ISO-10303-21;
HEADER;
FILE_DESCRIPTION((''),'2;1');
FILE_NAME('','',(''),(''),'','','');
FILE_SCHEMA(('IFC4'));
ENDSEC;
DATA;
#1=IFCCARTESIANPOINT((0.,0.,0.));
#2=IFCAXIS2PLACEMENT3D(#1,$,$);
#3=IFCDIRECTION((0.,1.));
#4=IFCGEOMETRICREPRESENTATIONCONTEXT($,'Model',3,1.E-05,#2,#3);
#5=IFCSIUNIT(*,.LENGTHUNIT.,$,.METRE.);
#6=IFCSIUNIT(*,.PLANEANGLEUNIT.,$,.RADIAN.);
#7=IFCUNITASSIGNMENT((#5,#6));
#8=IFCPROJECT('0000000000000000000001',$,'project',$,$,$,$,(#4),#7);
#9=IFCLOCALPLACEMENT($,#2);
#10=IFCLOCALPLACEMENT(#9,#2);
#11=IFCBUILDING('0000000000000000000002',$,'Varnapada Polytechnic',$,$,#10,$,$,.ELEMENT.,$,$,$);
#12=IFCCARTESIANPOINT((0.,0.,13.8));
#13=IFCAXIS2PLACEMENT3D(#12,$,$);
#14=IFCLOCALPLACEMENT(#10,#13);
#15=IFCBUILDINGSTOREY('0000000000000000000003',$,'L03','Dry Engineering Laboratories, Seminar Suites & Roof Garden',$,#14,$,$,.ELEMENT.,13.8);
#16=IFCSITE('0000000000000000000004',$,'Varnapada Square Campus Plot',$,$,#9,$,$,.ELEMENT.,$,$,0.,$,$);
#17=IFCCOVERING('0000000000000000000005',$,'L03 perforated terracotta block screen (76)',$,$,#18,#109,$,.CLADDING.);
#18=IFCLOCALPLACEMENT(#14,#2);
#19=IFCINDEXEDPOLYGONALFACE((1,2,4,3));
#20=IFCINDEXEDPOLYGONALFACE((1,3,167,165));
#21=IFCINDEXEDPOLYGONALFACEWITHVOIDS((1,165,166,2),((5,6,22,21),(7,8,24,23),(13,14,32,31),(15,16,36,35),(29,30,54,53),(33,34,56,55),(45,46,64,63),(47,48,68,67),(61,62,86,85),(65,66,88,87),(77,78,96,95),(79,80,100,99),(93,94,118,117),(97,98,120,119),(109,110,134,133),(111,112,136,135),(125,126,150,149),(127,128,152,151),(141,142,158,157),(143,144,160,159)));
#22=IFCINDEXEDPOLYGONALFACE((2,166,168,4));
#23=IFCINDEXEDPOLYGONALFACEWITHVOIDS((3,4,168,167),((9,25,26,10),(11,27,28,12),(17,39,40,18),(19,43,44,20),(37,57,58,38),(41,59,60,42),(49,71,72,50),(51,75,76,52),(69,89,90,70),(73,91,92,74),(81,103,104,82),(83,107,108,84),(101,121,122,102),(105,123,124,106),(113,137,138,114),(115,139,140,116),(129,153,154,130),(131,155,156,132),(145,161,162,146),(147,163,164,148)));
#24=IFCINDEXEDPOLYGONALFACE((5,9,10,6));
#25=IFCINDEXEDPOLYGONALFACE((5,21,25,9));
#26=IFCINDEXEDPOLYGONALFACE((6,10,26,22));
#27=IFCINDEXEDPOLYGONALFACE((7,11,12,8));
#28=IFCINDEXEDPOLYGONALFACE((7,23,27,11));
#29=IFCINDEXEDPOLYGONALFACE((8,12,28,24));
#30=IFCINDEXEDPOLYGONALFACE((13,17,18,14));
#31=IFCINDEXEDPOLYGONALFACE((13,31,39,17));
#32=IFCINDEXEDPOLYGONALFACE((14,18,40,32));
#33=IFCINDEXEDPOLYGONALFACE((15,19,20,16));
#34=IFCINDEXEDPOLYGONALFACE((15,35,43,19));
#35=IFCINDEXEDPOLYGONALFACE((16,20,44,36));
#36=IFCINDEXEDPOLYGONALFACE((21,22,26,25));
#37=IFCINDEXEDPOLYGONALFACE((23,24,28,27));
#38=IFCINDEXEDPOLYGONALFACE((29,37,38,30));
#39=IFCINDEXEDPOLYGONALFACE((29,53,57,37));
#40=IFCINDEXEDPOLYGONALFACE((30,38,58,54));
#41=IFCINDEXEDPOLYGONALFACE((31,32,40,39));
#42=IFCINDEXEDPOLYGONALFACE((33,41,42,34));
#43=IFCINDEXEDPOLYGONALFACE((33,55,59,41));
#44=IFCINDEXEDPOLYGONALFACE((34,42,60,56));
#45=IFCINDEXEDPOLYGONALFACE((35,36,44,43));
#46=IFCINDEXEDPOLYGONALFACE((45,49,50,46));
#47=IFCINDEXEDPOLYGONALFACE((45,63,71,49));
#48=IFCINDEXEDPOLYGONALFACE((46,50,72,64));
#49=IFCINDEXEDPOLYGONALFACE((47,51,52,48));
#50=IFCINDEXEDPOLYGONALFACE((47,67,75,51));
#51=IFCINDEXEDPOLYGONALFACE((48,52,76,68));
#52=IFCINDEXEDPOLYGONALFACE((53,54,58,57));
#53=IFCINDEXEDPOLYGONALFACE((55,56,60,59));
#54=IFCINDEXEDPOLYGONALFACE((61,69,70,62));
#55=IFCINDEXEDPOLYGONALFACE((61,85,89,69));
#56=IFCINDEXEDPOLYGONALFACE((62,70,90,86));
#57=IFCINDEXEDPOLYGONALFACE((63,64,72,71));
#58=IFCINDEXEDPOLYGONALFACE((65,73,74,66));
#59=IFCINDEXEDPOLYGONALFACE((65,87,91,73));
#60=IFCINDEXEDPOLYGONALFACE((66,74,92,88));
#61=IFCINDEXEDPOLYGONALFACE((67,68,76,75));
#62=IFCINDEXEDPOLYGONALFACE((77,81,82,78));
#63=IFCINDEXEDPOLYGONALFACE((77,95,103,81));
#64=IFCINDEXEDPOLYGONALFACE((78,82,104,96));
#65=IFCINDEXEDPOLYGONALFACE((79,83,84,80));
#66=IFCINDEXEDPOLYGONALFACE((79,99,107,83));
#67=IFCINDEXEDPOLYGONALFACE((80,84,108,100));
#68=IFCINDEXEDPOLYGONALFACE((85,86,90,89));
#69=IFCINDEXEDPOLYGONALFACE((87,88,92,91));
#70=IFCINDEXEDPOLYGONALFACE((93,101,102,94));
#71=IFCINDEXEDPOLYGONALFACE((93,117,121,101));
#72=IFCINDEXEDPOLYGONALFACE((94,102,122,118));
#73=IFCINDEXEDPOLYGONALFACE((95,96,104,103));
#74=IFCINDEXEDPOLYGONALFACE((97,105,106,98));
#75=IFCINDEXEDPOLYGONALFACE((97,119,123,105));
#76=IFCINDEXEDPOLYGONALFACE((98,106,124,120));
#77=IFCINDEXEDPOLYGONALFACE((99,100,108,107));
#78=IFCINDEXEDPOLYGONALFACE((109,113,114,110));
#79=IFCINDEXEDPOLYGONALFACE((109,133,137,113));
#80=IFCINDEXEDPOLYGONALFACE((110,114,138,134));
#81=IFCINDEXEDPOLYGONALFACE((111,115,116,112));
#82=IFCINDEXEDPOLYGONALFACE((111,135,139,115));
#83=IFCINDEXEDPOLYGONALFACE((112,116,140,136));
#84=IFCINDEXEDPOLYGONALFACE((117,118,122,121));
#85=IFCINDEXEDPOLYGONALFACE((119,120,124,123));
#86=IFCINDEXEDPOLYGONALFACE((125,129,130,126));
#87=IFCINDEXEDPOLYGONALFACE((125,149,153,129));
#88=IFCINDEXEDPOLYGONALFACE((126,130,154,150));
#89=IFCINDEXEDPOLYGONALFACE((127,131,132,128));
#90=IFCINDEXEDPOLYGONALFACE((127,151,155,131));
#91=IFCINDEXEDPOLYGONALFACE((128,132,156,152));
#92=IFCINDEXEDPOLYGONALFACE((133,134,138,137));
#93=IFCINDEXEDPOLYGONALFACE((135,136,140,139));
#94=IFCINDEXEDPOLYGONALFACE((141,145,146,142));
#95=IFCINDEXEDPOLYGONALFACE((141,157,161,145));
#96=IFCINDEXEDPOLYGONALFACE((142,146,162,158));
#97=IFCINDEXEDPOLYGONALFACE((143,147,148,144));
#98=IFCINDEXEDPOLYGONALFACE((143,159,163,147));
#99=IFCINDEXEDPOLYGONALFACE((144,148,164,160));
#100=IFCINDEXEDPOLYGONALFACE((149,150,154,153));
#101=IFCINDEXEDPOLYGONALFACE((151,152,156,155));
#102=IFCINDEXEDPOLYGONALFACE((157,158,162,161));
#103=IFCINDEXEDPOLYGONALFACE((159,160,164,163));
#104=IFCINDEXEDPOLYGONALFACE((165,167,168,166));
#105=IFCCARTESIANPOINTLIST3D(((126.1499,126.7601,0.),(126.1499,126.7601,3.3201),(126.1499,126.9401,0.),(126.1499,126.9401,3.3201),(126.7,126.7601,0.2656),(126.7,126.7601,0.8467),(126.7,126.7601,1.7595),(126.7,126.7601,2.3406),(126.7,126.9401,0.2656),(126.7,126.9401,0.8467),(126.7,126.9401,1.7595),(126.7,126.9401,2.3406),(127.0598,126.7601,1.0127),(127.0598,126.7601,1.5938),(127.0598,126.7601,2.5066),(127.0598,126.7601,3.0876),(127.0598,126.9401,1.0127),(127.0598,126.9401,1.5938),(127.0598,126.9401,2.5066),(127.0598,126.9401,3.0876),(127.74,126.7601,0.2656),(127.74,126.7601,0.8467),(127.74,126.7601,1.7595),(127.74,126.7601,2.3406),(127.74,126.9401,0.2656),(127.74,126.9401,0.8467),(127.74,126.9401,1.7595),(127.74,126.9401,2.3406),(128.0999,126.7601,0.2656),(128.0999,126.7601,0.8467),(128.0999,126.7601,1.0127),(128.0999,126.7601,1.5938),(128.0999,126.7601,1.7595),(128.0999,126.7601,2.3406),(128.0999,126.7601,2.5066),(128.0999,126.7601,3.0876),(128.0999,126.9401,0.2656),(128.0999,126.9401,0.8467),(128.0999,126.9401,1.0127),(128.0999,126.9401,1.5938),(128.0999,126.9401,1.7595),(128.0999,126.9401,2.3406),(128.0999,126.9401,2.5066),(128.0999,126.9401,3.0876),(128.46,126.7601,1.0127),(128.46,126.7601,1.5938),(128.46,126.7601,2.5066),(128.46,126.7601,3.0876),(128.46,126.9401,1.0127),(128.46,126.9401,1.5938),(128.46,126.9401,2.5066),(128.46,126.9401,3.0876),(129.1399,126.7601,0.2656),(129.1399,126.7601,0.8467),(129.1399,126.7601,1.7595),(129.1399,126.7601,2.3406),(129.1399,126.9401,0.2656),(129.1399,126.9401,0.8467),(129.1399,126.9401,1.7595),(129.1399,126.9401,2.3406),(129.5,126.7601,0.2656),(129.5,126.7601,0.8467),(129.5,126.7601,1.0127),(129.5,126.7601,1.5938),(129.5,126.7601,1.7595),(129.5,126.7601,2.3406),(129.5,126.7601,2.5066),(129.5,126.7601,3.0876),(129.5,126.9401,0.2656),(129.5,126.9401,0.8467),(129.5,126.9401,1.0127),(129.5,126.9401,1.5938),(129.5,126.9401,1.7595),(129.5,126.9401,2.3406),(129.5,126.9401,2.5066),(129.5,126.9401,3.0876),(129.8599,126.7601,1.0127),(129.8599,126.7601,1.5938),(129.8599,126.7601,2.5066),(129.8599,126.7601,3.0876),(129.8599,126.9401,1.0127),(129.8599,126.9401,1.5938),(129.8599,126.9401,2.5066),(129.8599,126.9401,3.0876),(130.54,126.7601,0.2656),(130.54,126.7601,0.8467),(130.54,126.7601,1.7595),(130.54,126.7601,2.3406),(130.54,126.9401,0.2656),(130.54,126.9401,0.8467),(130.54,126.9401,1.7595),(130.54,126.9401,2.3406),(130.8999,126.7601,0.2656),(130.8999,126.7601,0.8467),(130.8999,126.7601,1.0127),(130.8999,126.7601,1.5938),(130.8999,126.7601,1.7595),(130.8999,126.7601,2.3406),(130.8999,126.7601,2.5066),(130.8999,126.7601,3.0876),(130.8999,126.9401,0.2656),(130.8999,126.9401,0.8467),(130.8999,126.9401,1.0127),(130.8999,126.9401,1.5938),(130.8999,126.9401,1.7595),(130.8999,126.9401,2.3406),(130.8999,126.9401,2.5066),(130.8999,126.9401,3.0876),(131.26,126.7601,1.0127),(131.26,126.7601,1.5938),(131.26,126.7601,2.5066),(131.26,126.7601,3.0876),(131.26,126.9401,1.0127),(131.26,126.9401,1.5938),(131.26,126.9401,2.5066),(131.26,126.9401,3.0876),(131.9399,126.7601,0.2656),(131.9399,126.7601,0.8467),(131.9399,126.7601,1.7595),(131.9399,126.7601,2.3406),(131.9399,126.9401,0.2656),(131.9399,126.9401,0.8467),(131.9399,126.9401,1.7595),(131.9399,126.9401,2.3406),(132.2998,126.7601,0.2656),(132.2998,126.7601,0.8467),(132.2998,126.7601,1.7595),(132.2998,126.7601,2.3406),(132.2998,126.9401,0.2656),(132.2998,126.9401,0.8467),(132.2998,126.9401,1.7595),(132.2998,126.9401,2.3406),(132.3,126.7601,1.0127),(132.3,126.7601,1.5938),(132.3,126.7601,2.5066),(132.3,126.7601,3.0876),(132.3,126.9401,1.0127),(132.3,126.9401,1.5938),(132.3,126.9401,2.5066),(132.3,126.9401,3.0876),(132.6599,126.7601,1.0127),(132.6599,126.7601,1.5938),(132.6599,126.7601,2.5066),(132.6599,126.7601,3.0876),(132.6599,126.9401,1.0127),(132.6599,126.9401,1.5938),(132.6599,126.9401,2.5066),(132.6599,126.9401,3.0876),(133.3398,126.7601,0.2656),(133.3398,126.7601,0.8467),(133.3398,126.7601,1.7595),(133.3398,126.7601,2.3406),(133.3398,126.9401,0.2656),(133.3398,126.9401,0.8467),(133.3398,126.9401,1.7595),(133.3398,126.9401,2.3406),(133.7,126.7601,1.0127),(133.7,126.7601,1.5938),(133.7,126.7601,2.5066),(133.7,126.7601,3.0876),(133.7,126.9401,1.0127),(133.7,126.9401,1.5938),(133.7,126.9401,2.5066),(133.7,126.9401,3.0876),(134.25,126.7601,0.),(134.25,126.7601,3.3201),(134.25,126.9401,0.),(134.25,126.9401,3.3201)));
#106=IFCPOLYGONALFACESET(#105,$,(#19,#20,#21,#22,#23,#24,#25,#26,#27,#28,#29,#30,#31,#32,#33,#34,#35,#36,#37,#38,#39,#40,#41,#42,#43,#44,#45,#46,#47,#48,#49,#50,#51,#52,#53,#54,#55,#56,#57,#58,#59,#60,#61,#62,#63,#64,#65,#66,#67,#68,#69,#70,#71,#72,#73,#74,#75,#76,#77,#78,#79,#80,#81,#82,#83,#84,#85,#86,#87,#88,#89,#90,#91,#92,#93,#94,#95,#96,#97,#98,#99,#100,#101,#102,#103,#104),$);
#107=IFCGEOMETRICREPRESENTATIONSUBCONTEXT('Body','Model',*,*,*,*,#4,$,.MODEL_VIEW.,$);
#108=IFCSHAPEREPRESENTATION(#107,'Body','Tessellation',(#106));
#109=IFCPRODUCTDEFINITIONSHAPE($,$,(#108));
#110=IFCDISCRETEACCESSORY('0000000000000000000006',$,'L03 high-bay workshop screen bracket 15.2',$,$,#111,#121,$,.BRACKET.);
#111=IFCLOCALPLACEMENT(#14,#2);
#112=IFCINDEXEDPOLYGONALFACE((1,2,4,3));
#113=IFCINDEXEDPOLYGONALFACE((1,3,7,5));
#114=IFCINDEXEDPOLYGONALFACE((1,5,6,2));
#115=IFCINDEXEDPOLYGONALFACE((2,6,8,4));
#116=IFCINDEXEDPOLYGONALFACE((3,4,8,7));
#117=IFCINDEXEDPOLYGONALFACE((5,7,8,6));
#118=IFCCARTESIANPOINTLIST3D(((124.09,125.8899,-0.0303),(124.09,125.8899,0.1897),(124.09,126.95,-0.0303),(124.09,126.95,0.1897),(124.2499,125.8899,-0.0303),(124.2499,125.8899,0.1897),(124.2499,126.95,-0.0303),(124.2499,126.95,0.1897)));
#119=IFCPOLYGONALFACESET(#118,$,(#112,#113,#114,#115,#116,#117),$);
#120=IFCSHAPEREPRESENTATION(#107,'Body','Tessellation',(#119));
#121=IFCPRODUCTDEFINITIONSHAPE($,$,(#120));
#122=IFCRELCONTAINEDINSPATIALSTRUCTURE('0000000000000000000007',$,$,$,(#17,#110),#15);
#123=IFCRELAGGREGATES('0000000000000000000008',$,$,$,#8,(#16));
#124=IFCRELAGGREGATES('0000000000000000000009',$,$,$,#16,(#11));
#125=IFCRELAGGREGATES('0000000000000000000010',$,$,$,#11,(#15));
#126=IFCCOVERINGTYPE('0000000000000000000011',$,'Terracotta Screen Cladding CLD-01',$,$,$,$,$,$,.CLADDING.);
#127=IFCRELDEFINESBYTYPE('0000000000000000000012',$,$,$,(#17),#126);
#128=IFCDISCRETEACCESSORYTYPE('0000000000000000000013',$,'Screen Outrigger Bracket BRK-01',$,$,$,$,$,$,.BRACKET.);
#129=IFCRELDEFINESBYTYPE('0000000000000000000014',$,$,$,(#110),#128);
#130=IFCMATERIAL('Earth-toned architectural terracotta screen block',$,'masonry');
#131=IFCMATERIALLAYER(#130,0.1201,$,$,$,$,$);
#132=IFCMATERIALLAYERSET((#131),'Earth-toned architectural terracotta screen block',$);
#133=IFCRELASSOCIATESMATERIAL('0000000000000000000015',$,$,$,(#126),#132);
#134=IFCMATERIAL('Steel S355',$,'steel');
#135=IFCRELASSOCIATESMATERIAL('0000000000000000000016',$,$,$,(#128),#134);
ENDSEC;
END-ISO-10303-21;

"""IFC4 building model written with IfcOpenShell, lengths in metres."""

from ifc_helpers import new_model, si_unit, direction, frame, frame_2d, origin, origin_2d, place, context, subcontext, project, spatial, rectangle, extrude, material, layer, layer_set, type_object, element, save


model = new_model("IFC4")

# Units and contexts
model_context = context("Model", 3, precision=1e-05, world=origin(), true_north=direction((0.0, 1.0)))
body_context = subcontext(model_context, "Body", "Model", "MODEL_VIEW")
ifc_project = project(units=[si_unit("LENGTHUNIT", "METRE"), si_unit("PLANEANGLEUNIT", "RADIAN")], contexts=[model_context])

# Site, building, storey
site_placement = place(None, origin())
site = spatial("IfcSite", under=ifc_project, at=site_placement, Name="Varnapada Square Campus Plot", CompositionType="ELEMENT", RefElevation=0.0)
building_placement = place(site_placement, origin())
building = spatial("IfcBuilding", under=site, at=building_placement, Name="Varnapada Polytechnic", CompositionType="ELEMENT")
storey_placement = place(building_placement, frame((0.0, 0.0, 13.8)))
storey = spatial("IfcBuildingStorey", under=building, at=storey_placement, Name="L03", Description="Dry Engineering Laboratories, Seminar Suites & Roof Garden", CompositionType="ELEMENT", Elevation=13.8)

# Shared definitions
ifc_material_1 = material(Name="Steel S355", Category="steel")

# Covering, openings
ifc_material_2 = material(Name="Earth-toned architectural terracotta screen block", Category="masonry")
ifc_layer_1 = layer(ifc_material_2, 0.1201)
ifc_layer_set_1 = layer_set([ifc_layer_1], Name="Earth-toned architectural terracotta screen block")
covering_type = type_object("IfcCoveringType", Name="Terracotta Screen Cladding CLD-01", PredefinedType="CLADDING", material=ifc_layer_set_1)
covering_placement = place(storey_placement, frame((126.1499, 126.8501, 0.0), z_axis=(0.0, 0.0, 1.0), x_axis=(1.0, 0.0, 0.0)))
covering = element("IfcCovering", 1, at=covering_placement, inside=storey, type_object=covering_type, Name="L03 perforated terracotta block screen (76)", PredefinedType="CLADDING", context=body_context, shape_type="SweptSolid", body=[
    extrude(rectangle(XDim=8.1001, YDim=0.1799, at=frame_2d((4.05, 0.0))), origin(), (0.0, 0.0, 1.0), 3.3201),
])
opening_1_placement = place(covering_placement, frame((0.55, 0.0, 0.2656)))
element("IfcOpeningElement", 2, at=opening_1_placement, cuts=covering, PredefinedType="OPENING", context=body_context, shape_type="SweptSolid", body=[
    extrude(rectangle(XDim=1.04, YDim=0.5811, at=frame_2d((0.52, 0.2905))), frame((0.0, 0.0999, 0.0), z_axis=(0.0, -1.0, 0.0), x_axis=(1.0, 0.0, 0.0)), (0.0, 0.0, 1.0), 0.2),
])
opening_2_placement = place(covering_placement, frame((1.95, 0.0, 0.2656)))
element("IfcOpeningElement", 3, at=opening_2_placement, cuts=covering, PredefinedType="OPENING", context=body_context, shape_type="SweptSolid", body=[
    extrude(rectangle(XDim=1.04, YDim=0.5811, at=frame_2d((0.52, 0.2905))), frame((0.0, 0.0999, 0.0), z_axis=(0.0, -1.0, 0.0), x_axis=(1.0, 0.0, 0.0)), (0.0, 0.0, 1.0), 0.2),
])
opening_3_placement = place(covering_placement, frame((3.3501, 0.0, 0.2656)))
element("IfcOpeningElement", 4, at=opening_3_placement, cuts=covering, PredefinedType="OPENING", context=body_context, shape_type="SweptSolid", body=[
    extrude(rectangle(XDim=1.04, YDim=0.5811, at=frame_2d((0.52, 0.2905))), frame((0.0, 0.0999, 0.0), z_axis=(0.0, -1.0, 0.0), x_axis=(1.0, 0.0, 0.0)), (0.0, 0.0, 1.0), 0.2),
])
opening_4_placement = place(covering_placement, frame((4.75, 0.0, 0.2656)))
element("IfcOpeningElement", 5, at=opening_4_placement, cuts=covering, PredefinedType="OPENING", context=body_context, shape_type="SweptSolid", body=[
    extrude(rectangle(XDim=1.04, YDim=0.5811, at=frame_2d((0.52, 0.2905))), frame((0.0, 0.0999, 0.0), z_axis=(0.0, -1.0, 0.0), x_axis=(1.0, 0.0, 0.0)), (0.0, 0.0, 1.0), 0.2),
])
opening_5_placement = place(covering_placement, frame((6.1499, 0.0, 0.2656)))
element("IfcOpeningElement", 6, at=opening_5_placement, cuts=covering, PredefinedType="OPENING", context=body_context, shape_type="SweptSolid", body=[
    extrude(rectangle(XDim=1.04, YDim=0.5811, at=frame_2d((0.52, 0.2905))), frame((0.0, 0.0999, 0.0), z_axis=(0.0, -1.0, 0.0), x_axis=(1.0, 0.0, 0.0)), (0.0, 0.0, 1.0), 0.2),
])
opening_6_placement = place(covering_placement, frame((0.9099, 0.0, 1.0127)))
element("IfcOpeningElement", 7, at=opening_6_placement, cuts=covering, PredefinedType="OPENING", context=body_context, shape_type="SweptSolid", body=[
    extrude(rectangle(XDim=1.04, YDim=0.5811, at=frame_2d((0.52, 0.2905))), frame((0.0, 0.0999, 0.0), z_axis=(0.0, -1.0, 0.0), x_axis=(1.0, 0.0, 0.0)), (0.0, 0.0, 1.0), 0.2),
])
opening_7_placement = place(covering_placement, frame((2.3101, 0.0, 1.0127)))
element("IfcOpeningElement", 8, at=opening_7_placement, cuts=covering, PredefinedType="OPENING", context=body_context, shape_type="SweptSolid", body=[
    extrude(rectangle(XDim=1.04, YDim=0.5811, at=frame_2d((0.52, 0.2905))), frame((0.0, 0.0999, 0.0), z_axis=(0.0, -1.0, 0.0), x_axis=(1.0, 0.0, 0.0)), (0.0, 0.0, 1.0), 0.2),
])
opening_8_placement = place(covering_placement, frame((3.71, 0.0, 1.0127)))
element("IfcOpeningElement", 9, at=opening_8_placement, cuts=covering, PredefinedType="OPENING", context=body_context, shape_type="SweptSolid", body=[
    extrude(rectangle(XDim=1.04, YDim=0.5811, at=frame_2d((0.52, 0.2905))), frame((0.0, 0.0999, 0.0), z_axis=(0.0, -1.0, 0.0), x_axis=(1.0, 0.0, 0.0)), (0.0, 0.0, 1.0), 0.2),
])
opening_9_placement = place(covering_placement, frame((5.1101, 0.0, 1.0127)))
element("IfcOpeningElement", 10, at=opening_9_placement, cuts=covering, PredefinedType="OPENING", context=body_context, shape_type="SweptSolid", body=[
    extrude(rectangle(XDim=1.04, YDim=0.5811, at=frame_2d((0.52, 0.2905))), frame((0.0, 0.0999, 0.0), z_axis=(0.0, -1.0, 0.0), x_axis=(1.0, 0.0, 0.0)), (0.0, 0.0, 1.0), 0.2),
])
opening_10_placement = place(covering_placement, frame((6.51, 0.0, 1.0127)))
element("IfcOpeningElement", 11, at=opening_10_placement, cuts=covering, PredefinedType="OPENING", context=body_context, shape_type="SweptSolid", body=[
    extrude(rectangle(XDim=1.04, YDim=0.5811, at=frame_2d((0.52, 0.2905))), frame((0.0, 0.0999, 0.0), z_axis=(0.0, -1.0, 0.0), x_axis=(1.0, 0.0, 0.0)), (0.0, 0.0, 1.0), 0.2),
])
opening_11_placement = place(covering_placement, frame((0.55, 0.0, 1.7595)))
element("IfcOpeningElement", 12, at=opening_11_placement, cuts=covering, PredefinedType="OPENING", context=body_context, shape_type="SweptSolid", body=[
    extrude(rectangle(XDim=1.04, YDim=0.5811, at=frame_2d((0.52, 0.2905))), frame((0.0, 0.0999, 0.0), z_axis=(0.0, -1.0, 0.0), x_axis=(1.0, 0.0, 0.0)), (0.0, 0.0, 1.0), 0.2),
])
opening_12_placement = place(covering_placement, frame((1.95, 0.0, 1.7595)))
element("IfcOpeningElement", 13, at=opening_12_placement, cuts=covering, PredefinedType="OPENING", context=body_context, shape_type="SweptSolid", body=[
    extrude(rectangle(XDim=1.04, YDim=0.5811, at=frame_2d((0.52, 0.2905))), frame((0.0, 0.0999, 0.0), z_axis=(0.0, -1.0, 0.0), x_axis=(1.0, 0.0, 0.0)), (0.0, 0.0, 1.0), 0.2),
])
opening_13_placement = place(covering_placement, frame((3.3501, 0.0, 1.7595)))
element("IfcOpeningElement", 14, at=opening_13_placement, cuts=covering, PredefinedType="OPENING", context=body_context, shape_type="SweptSolid", body=[
    extrude(rectangle(XDim=1.04, YDim=0.5811, at=frame_2d((0.52, 0.2905))), frame((0.0, 0.0999, 0.0), z_axis=(0.0, -1.0, 0.0), x_axis=(1.0, 0.0, 0.0)), (0.0, 0.0, 1.0), 0.2),
])
opening_14_placement = place(covering_placement, frame((4.75, 0.0, 1.7595)))
element("IfcOpeningElement", 15, at=opening_14_placement, cuts=covering, PredefinedType="OPENING", context=body_context, shape_type="SweptSolid", body=[
    extrude(rectangle(XDim=1.04, YDim=0.5811, at=frame_2d((0.52, 0.2905))), frame((0.0, 0.0999, 0.0), z_axis=(0.0, -1.0, 0.0), x_axis=(1.0, 0.0, 0.0)), (0.0, 0.0, 1.0), 0.2),
])
opening_15_placement = place(covering_placement, frame((6.1499, 0.0, 1.7595)))
element("IfcOpeningElement", 16, at=opening_15_placement, cuts=covering, PredefinedType="OPENING", context=body_context, shape_type="SweptSolid", body=[
    extrude(rectangle(XDim=1.04, YDim=0.5811, at=frame_2d((0.52, 0.2905))), frame((0.0, 0.0999, 0.0), z_axis=(0.0, -1.0, 0.0), x_axis=(1.0, 0.0, 0.0)), (0.0, 0.0, 1.0), 0.2),
])
opening_16_placement = place(covering_placement, frame((0.9099, 0.0, 2.5066)))
element("IfcOpeningElement", 17, at=opening_16_placement, cuts=covering, PredefinedType="OPENING", context=body_context, shape_type="SweptSolid", body=[
    extrude(rectangle(XDim=1.04, YDim=0.5811, at=frame_2d((0.52, 0.2905))), frame((0.0, 0.0999, 0.0), z_axis=(0.0, -1.0, 0.0), x_axis=(1.0, 0.0, 0.0)), (0.0, 0.0, 1.0), 0.2),
])
opening_17_placement = place(covering_placement, frame((2.3101, 0.0, 2.5066)))
element("IfcOpeningElement", 18, at=opening_17_placement, cuts=covering, PredefinedType="OPENING", context=body_context, shape_type="SweptSolid", body=[
    extrude(rectangle(XDim=1.04, YDim=0.5811, at=frame_2d((0.52, 0.2905))), frame((0.0, 0.0999, 0.0), z_axis=(0.0, -1.0, 0.0), x_axis=(1.0, 0.0, 0.0)), (0.0, 0.0, 1.0), 0.2),
])
opening_18_placement = place(covering_placement, frame((3.71, 0.0, 2.5066)))
element("IfcOpeningElement", 19, at=opening_18_placement, cuts=covering, PredefinedType="OPENING", context=body_context, shape_type="SweptSolid", body=[
    extrude(rectangle(XDim=1.04, YDim=0.5811, at=frame_2d((0.52, 0.2905))), frame((0.0, 0.0999, 0.0), z_axis=(0.0, -1.0, 0.0), x_axis=(1.0, 0.0, 0.0)), (0.0, 0.0, 1.0), 0.2),
])
opening_19_placement = place(covering_placement, frame((5.1101, 0.0, 2.5066)))
element("IfcOpeningElement", 20, at=opening_19_placement, cuts=covering, PredefinedType="OPENING", context=body_context, shape_type="SweptSolid", body=[
    extrude(rectangle(XDim=1.04, YDim=0.5811, at=frame_2d((0.52, 0.2905))), frame((0.0, 0.0999, 0.0), z_axis=(0.0, -1.0, 0.0), x_axis=(1.0, 0.0, 0.0)), (0.0, 0.0, 1.0), 0.2),
])
opening_20_placement = place(covering_placement, frame((6.51, 0.0, 2.5066)))
element("IfcOpeningElement", 21, at=opening_20_placement, cuts=covering, PredefinedType="OPENING", context=body_context, shape_type="SweptSolid", body=[
    extrude(rectangle(XDim=1.04, YDim=0.5811, at=frame_2d((0.52, 0.2905))), frame((0.0, 0.0999, 0.0), z_axis=(0.0, -1.0, 0.0), x_axis=(1.0, 0.0, 0.0)), (0.0, 0.0, 1.0), 0.2),
])

# Discrete accessory
discrete_accessory_type = type_object("IfcDiscreteAccessoryType", Name="Screen Outrigger Bracket BRK-01", PredefinedType="BRACKET", material=ifc_material_1)
discrete_accessory_placement = place(storey_placement, frame((124.1699, 126.4199, -0.0303), z_axis=(0.0, 0.0, 1.0), x_axis=(1.0, 0.0, 0.0)))
element("IfcDiscreteAccessory", 22, at=discrete_accessory_placement, inside=storey, type_object=discrete_accessory_type, Name="L03 high-bay workshop screen bracket 15.2", PredefinedType="BRACKET", context=body_context, shape_type="SweptSolid", body=[
    extrude(rectangle(XDim=0.1599, YDim=1.0601, at=origin_2d()), origin(), (0.0, 0.0, 1.0), 0.22),
])

save(model, "model.ifc")
